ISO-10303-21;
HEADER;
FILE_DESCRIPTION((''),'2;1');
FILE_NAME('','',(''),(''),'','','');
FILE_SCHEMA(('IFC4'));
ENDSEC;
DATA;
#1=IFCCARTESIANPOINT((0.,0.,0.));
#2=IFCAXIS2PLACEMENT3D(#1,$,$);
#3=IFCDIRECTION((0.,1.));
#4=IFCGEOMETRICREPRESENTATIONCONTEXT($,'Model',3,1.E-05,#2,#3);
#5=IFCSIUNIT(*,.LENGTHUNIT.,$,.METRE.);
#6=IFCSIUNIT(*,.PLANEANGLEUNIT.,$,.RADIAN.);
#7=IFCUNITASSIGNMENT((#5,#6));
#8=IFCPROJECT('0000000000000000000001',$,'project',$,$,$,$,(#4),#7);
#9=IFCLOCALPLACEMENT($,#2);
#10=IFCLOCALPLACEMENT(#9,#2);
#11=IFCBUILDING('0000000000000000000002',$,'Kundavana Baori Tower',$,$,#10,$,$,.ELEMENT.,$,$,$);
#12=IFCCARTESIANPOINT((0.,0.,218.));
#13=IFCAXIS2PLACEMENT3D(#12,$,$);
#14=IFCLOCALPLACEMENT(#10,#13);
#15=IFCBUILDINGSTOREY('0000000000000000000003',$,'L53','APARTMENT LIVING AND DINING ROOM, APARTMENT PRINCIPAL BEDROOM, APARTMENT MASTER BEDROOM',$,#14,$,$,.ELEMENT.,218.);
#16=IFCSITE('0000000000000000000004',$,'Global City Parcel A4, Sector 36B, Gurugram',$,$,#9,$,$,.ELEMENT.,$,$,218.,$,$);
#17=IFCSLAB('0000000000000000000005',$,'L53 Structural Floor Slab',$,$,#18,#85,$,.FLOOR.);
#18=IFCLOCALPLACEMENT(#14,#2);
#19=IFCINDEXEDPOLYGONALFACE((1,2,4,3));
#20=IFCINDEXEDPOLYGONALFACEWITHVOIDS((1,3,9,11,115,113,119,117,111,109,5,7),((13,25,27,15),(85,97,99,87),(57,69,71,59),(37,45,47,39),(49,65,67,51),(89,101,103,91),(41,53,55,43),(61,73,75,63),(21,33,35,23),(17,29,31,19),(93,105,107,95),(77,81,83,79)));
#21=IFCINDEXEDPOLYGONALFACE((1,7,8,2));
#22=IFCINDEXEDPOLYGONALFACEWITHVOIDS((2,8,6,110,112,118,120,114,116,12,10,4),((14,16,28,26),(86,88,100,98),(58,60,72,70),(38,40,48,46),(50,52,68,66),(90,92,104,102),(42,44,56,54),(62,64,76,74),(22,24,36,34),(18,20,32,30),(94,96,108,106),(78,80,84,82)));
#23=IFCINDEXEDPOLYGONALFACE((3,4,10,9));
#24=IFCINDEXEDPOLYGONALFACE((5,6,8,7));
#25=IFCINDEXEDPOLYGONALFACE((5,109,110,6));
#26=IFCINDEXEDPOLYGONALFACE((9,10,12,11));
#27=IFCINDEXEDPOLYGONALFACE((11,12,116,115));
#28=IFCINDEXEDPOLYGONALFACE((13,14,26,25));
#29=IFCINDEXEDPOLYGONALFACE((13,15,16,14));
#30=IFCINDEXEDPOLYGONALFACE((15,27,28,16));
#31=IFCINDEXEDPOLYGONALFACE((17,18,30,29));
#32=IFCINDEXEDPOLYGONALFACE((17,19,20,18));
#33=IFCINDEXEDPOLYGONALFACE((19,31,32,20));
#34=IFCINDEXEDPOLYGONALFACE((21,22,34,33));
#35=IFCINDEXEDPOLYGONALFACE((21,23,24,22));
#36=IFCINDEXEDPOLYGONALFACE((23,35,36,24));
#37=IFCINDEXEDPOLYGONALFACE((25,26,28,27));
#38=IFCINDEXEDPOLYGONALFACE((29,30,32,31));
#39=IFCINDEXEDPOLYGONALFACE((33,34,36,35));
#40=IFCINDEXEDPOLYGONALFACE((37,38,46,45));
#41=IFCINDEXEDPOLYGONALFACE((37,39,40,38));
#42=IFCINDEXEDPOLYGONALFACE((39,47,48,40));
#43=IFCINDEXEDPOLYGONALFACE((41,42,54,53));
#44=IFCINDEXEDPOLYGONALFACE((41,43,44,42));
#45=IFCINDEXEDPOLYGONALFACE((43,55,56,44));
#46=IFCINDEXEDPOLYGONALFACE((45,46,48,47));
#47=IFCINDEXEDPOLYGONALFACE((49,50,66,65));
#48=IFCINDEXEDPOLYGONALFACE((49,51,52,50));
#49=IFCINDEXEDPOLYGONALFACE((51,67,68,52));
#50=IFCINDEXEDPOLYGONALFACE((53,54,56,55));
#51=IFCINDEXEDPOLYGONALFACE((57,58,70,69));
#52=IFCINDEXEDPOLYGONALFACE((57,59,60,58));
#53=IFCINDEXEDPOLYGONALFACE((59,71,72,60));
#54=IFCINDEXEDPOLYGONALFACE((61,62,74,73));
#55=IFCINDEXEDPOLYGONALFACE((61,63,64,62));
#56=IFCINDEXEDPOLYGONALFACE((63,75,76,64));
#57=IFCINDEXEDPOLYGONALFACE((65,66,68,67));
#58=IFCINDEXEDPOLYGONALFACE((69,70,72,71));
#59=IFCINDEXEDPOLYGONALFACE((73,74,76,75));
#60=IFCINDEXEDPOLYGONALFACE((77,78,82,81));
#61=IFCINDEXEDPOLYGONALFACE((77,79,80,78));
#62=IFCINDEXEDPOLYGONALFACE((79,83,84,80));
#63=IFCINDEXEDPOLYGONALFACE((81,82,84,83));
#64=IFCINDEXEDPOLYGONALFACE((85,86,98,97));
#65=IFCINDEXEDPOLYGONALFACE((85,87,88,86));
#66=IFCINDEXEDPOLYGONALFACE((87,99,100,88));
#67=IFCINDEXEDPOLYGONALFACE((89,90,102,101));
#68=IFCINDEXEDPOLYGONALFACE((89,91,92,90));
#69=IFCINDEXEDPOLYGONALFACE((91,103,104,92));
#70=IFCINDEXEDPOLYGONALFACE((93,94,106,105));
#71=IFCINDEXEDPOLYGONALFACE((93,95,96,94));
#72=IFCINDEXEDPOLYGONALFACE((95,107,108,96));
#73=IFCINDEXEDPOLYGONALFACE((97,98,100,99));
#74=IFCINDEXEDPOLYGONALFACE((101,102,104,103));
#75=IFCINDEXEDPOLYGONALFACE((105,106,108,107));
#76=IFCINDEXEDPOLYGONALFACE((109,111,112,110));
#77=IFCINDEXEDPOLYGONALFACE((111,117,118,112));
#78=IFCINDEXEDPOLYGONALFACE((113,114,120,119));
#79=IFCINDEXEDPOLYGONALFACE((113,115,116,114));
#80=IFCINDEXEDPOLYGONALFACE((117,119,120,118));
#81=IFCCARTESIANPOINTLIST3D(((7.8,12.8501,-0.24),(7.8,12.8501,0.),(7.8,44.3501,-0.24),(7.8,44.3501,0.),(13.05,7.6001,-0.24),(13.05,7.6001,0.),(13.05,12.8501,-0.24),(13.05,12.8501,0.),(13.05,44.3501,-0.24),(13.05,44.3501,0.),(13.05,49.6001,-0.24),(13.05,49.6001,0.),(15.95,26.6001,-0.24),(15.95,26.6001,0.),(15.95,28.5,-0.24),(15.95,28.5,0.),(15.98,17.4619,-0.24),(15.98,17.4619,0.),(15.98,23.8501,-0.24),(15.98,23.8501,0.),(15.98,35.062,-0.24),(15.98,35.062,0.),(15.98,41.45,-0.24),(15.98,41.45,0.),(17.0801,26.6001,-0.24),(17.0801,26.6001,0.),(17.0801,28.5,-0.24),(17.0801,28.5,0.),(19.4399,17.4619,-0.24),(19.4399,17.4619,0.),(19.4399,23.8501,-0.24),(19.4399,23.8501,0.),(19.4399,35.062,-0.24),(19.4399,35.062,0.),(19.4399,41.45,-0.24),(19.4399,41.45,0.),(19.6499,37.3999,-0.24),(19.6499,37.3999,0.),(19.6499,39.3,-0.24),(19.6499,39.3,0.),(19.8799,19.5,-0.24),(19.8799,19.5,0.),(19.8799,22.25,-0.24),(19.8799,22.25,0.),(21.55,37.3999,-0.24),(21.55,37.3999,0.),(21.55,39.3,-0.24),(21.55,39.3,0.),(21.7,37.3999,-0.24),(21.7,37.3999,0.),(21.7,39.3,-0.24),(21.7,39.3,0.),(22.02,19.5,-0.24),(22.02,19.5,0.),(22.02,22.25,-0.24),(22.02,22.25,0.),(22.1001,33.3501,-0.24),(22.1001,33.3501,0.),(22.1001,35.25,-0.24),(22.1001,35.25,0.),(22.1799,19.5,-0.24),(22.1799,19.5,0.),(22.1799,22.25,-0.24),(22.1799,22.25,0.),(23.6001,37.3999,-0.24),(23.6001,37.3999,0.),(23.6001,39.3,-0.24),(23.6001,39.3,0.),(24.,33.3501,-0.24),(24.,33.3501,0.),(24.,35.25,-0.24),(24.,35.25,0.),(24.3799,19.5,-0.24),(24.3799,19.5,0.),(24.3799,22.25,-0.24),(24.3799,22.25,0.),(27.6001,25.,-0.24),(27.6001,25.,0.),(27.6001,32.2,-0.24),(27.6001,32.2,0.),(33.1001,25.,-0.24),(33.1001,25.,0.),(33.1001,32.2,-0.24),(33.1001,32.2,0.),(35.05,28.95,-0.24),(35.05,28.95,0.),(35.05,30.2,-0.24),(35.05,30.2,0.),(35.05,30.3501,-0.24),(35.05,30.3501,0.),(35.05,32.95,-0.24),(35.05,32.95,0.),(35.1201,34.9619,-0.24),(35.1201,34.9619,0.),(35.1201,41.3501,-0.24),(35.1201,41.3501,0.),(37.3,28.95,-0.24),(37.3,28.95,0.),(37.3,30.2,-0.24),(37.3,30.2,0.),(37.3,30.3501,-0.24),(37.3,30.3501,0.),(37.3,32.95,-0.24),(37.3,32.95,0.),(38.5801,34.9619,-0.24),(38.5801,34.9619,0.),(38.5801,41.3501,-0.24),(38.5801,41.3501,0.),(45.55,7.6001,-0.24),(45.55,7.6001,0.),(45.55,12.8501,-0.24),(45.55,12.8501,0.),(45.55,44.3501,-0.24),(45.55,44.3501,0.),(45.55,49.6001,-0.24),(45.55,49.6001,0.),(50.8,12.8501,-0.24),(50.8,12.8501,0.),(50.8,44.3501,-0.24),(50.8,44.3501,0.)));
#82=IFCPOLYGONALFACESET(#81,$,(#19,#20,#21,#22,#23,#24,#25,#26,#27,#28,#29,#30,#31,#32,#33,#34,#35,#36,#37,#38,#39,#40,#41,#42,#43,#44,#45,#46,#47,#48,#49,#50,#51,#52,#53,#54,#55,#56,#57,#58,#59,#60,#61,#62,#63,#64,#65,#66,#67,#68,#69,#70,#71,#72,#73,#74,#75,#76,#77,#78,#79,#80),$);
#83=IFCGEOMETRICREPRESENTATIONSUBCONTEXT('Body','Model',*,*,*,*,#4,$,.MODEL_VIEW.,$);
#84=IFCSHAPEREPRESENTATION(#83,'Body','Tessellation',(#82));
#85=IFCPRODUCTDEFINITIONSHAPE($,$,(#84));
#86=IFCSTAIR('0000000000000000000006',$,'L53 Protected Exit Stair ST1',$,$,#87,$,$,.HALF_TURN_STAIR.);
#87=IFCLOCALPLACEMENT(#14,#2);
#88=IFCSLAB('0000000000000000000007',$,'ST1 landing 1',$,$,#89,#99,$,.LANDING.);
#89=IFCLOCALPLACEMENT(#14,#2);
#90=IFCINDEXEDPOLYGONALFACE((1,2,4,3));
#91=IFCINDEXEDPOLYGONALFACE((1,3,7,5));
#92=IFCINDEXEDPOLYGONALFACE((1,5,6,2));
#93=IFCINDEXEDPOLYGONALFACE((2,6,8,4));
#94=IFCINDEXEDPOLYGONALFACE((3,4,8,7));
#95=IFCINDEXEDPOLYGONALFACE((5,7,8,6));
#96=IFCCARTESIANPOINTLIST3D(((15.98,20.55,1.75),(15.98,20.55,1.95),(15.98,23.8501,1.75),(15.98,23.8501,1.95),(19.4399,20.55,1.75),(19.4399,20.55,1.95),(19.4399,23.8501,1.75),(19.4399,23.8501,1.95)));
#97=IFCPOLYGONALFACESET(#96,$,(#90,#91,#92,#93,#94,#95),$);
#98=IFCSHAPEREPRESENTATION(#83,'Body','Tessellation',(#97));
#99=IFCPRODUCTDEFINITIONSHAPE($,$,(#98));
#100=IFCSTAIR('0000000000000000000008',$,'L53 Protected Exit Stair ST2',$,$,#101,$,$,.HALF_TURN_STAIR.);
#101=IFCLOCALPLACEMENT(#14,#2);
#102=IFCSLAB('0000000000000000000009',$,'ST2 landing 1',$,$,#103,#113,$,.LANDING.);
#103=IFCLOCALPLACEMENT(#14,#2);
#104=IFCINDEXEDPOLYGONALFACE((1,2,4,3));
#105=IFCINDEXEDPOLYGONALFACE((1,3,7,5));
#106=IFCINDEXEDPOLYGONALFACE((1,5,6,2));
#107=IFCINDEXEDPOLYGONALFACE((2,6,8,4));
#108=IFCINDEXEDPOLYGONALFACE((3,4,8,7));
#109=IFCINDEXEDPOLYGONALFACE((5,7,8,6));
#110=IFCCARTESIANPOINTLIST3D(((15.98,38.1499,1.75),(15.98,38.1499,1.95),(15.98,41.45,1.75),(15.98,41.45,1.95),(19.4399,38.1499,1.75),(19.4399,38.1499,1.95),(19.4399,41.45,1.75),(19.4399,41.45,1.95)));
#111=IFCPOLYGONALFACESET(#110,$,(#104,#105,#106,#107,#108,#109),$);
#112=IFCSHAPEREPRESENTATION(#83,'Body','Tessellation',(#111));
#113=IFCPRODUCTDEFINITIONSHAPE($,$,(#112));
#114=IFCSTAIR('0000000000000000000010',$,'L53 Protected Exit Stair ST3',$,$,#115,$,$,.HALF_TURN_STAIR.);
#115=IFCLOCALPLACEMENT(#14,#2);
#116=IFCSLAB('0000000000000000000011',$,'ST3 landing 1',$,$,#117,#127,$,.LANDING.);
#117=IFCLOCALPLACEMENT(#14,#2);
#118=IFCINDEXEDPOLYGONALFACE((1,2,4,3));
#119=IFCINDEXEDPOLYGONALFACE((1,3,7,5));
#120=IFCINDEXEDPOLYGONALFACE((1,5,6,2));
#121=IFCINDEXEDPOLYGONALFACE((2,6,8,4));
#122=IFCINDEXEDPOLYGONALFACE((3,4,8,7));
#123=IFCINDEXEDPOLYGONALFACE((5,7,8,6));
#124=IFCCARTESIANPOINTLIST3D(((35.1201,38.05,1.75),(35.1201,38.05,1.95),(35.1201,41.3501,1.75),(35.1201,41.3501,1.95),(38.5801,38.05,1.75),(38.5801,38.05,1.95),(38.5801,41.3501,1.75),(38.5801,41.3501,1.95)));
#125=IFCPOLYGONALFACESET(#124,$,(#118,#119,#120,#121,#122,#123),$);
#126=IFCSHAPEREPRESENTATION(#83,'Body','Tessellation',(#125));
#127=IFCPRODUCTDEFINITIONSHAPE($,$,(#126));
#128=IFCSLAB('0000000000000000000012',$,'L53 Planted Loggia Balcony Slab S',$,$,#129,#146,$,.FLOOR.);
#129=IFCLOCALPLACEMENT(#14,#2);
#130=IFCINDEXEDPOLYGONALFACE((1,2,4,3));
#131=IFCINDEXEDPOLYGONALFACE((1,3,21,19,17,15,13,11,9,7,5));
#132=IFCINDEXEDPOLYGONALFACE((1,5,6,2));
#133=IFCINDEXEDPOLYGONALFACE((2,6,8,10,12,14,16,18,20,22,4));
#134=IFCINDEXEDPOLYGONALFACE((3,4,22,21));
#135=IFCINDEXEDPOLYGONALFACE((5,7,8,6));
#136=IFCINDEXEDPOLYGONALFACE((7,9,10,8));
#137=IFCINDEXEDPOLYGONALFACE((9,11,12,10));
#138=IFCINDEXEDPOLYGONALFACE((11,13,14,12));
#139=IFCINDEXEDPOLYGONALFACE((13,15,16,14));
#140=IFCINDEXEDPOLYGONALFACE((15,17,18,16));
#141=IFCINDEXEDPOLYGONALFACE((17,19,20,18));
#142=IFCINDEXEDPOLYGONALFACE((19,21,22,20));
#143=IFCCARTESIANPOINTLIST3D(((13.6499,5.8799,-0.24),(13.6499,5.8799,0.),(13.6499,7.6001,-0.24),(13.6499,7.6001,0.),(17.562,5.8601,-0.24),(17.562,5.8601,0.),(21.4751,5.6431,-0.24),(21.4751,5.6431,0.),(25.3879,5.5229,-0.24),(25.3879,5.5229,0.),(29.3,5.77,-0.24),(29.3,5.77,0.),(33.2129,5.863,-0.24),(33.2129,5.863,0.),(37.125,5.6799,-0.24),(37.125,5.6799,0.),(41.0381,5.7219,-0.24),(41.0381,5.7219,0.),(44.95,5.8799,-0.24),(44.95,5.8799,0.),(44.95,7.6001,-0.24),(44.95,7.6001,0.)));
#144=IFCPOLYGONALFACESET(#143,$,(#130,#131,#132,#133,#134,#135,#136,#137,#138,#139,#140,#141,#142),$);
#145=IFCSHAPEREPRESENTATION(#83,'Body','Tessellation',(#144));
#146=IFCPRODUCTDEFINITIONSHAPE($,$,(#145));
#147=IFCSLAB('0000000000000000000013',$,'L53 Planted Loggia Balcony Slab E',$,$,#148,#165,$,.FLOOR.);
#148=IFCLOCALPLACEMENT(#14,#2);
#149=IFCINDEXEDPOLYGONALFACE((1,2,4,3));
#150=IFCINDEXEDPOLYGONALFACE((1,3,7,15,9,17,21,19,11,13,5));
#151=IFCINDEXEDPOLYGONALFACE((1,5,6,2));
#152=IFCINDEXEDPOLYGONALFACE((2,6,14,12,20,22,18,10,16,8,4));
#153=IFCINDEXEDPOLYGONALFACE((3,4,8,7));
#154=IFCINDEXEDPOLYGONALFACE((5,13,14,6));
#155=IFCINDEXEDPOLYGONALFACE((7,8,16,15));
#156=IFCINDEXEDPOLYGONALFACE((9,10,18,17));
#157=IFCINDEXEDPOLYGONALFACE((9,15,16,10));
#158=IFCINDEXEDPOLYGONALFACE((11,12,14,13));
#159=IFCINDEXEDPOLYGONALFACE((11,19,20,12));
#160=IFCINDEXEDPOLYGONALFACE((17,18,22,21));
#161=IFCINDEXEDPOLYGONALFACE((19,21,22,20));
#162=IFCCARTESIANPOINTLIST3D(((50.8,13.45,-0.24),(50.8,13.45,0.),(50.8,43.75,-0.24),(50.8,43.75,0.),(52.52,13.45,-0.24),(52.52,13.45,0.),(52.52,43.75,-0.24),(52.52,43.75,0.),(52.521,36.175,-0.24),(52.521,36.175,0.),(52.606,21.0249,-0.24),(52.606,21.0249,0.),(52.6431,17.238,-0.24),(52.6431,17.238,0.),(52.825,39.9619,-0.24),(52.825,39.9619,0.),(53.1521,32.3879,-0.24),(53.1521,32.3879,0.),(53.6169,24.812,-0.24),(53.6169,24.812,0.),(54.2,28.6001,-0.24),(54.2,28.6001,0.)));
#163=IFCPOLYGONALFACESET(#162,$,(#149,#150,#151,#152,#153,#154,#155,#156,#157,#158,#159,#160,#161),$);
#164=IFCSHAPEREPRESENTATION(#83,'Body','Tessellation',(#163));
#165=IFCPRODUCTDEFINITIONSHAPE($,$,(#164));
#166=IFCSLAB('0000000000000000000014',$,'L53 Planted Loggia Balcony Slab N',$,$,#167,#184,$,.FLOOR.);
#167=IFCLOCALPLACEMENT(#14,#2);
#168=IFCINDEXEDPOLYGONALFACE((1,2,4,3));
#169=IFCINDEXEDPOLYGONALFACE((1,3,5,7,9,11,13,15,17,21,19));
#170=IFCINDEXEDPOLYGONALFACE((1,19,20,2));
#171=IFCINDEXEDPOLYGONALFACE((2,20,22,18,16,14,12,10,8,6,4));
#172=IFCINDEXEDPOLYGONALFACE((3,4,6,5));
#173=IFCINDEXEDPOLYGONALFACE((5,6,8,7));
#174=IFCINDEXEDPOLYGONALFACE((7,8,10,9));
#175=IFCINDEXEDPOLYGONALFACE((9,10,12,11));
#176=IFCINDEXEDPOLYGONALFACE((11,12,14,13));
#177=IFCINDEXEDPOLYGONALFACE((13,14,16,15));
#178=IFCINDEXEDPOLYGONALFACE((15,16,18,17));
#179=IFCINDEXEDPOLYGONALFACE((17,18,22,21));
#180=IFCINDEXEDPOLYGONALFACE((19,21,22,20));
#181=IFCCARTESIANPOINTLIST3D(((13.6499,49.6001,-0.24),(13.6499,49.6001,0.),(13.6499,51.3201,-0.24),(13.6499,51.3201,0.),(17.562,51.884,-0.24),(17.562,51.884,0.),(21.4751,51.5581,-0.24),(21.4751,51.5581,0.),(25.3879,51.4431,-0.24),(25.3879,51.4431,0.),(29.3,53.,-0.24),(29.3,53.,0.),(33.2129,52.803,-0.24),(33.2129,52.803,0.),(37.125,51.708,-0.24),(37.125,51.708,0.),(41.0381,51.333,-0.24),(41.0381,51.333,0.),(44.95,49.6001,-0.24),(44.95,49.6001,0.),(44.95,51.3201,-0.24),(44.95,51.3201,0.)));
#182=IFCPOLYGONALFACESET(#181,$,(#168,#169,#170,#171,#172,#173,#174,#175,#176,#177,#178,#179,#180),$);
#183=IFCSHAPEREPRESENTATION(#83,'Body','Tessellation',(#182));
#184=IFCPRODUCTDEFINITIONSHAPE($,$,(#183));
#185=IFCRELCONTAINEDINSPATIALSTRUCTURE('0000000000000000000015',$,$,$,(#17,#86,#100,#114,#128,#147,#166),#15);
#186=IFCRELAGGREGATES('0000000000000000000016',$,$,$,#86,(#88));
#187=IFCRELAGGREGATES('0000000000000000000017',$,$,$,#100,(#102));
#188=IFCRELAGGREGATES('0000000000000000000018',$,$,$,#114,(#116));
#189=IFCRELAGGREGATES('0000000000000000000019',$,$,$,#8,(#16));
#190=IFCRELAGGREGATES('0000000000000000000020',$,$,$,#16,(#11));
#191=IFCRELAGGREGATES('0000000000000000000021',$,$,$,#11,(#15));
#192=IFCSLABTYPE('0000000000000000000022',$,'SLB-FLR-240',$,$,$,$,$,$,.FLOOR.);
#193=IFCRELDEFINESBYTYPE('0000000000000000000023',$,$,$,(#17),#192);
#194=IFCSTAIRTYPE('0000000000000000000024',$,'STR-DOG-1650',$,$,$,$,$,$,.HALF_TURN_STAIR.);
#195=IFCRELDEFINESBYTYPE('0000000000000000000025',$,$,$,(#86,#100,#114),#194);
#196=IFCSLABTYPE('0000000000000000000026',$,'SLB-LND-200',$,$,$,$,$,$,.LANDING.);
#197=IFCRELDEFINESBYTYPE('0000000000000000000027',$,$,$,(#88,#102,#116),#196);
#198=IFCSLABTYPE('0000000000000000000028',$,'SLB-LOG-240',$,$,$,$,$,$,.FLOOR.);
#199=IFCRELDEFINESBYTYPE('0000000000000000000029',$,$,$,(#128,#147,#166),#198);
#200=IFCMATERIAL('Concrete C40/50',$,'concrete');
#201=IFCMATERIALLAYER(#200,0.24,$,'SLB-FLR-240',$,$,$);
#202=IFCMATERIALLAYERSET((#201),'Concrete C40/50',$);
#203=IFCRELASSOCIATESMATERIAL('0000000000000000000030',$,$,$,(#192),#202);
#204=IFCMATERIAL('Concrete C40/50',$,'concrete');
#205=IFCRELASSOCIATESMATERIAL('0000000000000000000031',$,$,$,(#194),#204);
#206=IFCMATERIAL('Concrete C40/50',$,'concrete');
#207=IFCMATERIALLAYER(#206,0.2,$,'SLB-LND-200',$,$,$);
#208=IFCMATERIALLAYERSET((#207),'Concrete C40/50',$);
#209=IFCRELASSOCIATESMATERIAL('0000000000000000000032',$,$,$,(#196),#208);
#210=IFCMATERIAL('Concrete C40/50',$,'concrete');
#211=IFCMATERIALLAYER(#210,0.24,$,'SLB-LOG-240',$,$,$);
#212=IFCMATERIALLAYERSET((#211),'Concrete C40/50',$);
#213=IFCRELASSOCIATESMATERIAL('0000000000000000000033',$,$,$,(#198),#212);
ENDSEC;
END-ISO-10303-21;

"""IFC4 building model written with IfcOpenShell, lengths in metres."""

from ifc_helpers import new_model, si_unit, direction, frame, origin, place, context, subcontext, project, spatial, polyline, outline, extrude, material, layer, layer_set, type_object, element, aggregate, save


model = new_model("IFC4")

# Units and contexts
model_context = context("Model", 3, precision=1e-05, world=origin(), true_north=direction((0.0, 1.0)))
body_context = subcontext(model_context, "Body", "Model", "MODEL_VIEW")
ifc_project = project(units=[si_unit("LENGTHUNIT", "METRE"), si_unit("PLANEANGLEUNIT", "RADIAN")], contexts=[model_context])

# Site, building, storey
site_placement = place(None, origin())
site = spatial("IfcSite", under=ifc_project, at=site_placement, Name="Global City Parcel A4, Sector 36B, Gurugram", CompositionType="ELEMENT", RefElevation=218.0)
building_placement = place(site_placement, origin())
building = spatial("IfcBuilding", under=site, at=building_placement, Name="Kundavana Baori Tower", CompositionType="ELEMENT")
storey_placement = place(building_placement, frame((0.0, 0.0, 218.0)))
storey = spatial("IfcBuildingStorey", under=building, at=storey_placement, Name="L53", Description="APARTMENT LIVING AND DINING ROOM, APARTMENT PRINCIPAL BEDROOM, APARTMENT MASTER BEDROOM", CompositionType="ELEMENT", Elevation=218.0)

# Slab
ifc_material_1 = material(Name="Concrete C40/50", Category="concrete")
ifc_layer_1 = layer(ifc_material_1, 0.24, Name="SLB-FLR-240")
ifc_layer_set_1 = layer_set([ifc_layer_1], Name="Concrete C40/50")
slab_type_1 = type_object("IfcSlabType", Name="SLB-FLR-240", PredefinedType="FLOOR", material=ifc_layer_set_1)
slab_1_placement = place(storey_placement, frame((0.0, 0.0, -0.24)))
element("IfcSlab", 1, at=slab_1_placement, inside=storey, type_object=slab_type_1, Name="L53 Structural Floor Slab", PredefinedType="FLOOR", context=body_context, shape_type="SweptSolid", body=[
    extrude(outline(polyline([(13.05, 7.6001), (45.55, 7.6001), (45.55, 12.8501), (50.8, 12.8501), (50.8, 44.3501), (45.55, 44.3501), (45.55, 49.6001), (13.05, 49.6001), (13.05, 44.3501), (7.8, 44.3501), (7.8, 12.8501), (13.05, 12.8501), (13.05, 7.6001)]), holes=[polyline([(19.4399, 17.4619), (19.4399, 23.8501), (15.98, 23.8501), (15.98, 17.4619), (19.4399, 17.4619)]), polyline([(19.4399, 35.062), (19.4399, 41.45), (15.98, 41.45), (15.98, 35.062), (19.4399, 35.062)]), polyline([(38.5801, 34.9619), (38.5801, 41.3501), (35.1201, 41.3501), (35.1201, 34.9619), (38.5801, 34.9619)]), polyline([(19.6499, 37.3999), (21.55, 37.3999), (21.55, 39.3), (19.6499, 39.3), (19.6499, 37.3999)]), polyline([(21.7, 37.3999), (23.6001, 37.3999), (23.6001, 39.3), (21.7, 39.3), (21.7, 37.3999)]), polyline([(22.1001, 33.3501), (24.0, 33.3501), (24.0, 35.25), (22.1001, 35.25), (22.1001, 33.3501)]), polyline([(19.8799, 19.5), (22.02, 19.5), (22.02, 22.25), (19.8799, 22.25), (19.8799, 19.5)]), polyline([(22.1799, 19.5), (24.3799, 19.5), (24.3799, 22.25), (22.1799, 22.25), (22.1799, 19.5)]), polyline([(35.05, 30.3501), (37.3, 30.3501), (37.3, 32.95), (35.05, 32.95), (35.05, 30.3501)]), polyline([(15.95, 26.6001), (17.0801, 26.6001), (17.0801, 28.5), (15.95, 28.5), (15.95, 26.6001)]), polyline([(35.05, 28.95), (37.3, 28.95), (37.3, 30.2), (35.05, 30.2), (35.05, 28.95)]), polyline([(27.6001, 25.0), (33.1001, 25.0), (33.1001, 32.2), (27.6001, 32.2), (27.6001, 25.0)])]), origin(), (0.0, 0.0, 1.0), 0.24),
])

# Stairs, slabs
ifc_material_2 = material(Name="Concrete C40/50", Category="concrete")
stair_type = type_object("IfcStairType", Name="STR-DOG-1650", PredefinedType="HALF_TURN_STAIR", material=ifc_material_2)
stair_1_placement = place(storey_placement, origin())
stair_1 = element("IfcStair", 2, at=stair_1_placement, inside=storey, type_object=stair_type, Name="L53 Protected Exit Stair ST1", PredefinedType="HALF_TURN_STAIR")
ifc_material_3 = material(Name="Concrete C40/50", Category="concrete")
ifc_layer_2 = layer(ifc_material_3, 0.2, Name="SLB-LND-200")
ifc_layer_set_2 = layer_set([ifc_layer_2], Name="Concrete C40/50")
slab_type_2 = type_object("IfcSlabType", Name="SLB-LND-200", PredefinedType="LANDING", material=ifc_layer_set_2)
slab_2_placement = place(storey_placement, frame((0.0, 0.0, 1.75)))
slab_2 = element("IfcSlab", 3, at=slab_2_placement, type_object=slab_type_2, Name="ST1 landing 1", PredefinedType="LANDING", context=body_context, shape_type="SweptSolid", body=[
    extrude(outline(polyline([(19.4399, 20.55), (19.4399, 23.8501), (15.98, 23.8501), (15.98, 20.55), (19.4399, 20.55)])), origin(), (0.0, 0.0, 1.0), 0.2),
])
aggregate(stair_1, [slab_2])
stair_2_placement = place(storey_placement, origin())
stair_2 = element("IfcStair", 4, at=stair_2_placement, inside=storey, type_object=stair_type, Name="L53 Protected Exit Stair ST2", PredefinedType="HALF_TURN_STAIR")
slab_3_placement = place(storey_placement, frame((0.0, 0.0, 1.75)))
slab_3 = element("IfcSlab", 5, at=slab_3_placement, type_object=slab_type_2, Name="ST2 landing 1", PredefinedType="LANDING", context=body_context, shape_type="SweptSolid", body=[
    extrude(outline(polyline([(19.4399, 38.1499), (19.4399, 41.45), (15.98, 41.45), (15.98, 38.1499), (19.4399, 38.1499)])), origin(), (0.0, 0.0, 1.0), 0.2),
])
aggregate(stair_2, [slab_3])
stair_3_placement = place(storey_placement, origin())
stair_3 = element("IfcStair", 6, at=stair_3_placement, inside=storey, type_object=stair_type, Name="L53 Protected Exit Stair ST3", PredefinedType="HALF_TURN_STAIR")
slab_4_placement = place(storey_placement, frame((0.0, 0.0, 1.75)))
slab_4 = element("IfcSlab", 7, at=slab_4_placement, type_object=slab_type_2, Name="ST3 landing 1", PredefinedType="LANDING", context=body_context, shape_type="SweptSolid", body=[
    extrude(outline(polyline([(38.5801, 38.05), (38.5801, 41.3501), (35.1201, 41.3501), (35.1201, 38.05), (38.5801, 38.05)])), origin(), (0.0, 0.0, 1.0), 0.2),
])
aggregate(stair_3, [slab_4])

# Slabs
ifc_material_4 = material(Name="Concrete C40/50", Category="concrete")
ifc_layer_3 = layer(ifc_material_4, 0.24, Name="SLB-LOG-240")
ifc_layer_set_3 = layer_set([ifc_layer_3], Name="Concrete C40/50")
slab_type_3 = type_object("IfcSlabType", Name="SLB-LOG-240", PredefinedType="FLOOR", material=ifc_layer_set_3)
slab_5_placement = place(storey_placement, frame((0.0, 0.0, -0.24)))
element("IfcSlab", 8, at=slab_5_placement, inside=storey, type_object=slab_type_3, Name="L53 Planted Loggia Balcony Slab S", PredefinedType="FLOOR", context=body_context, shape_type="SweptSolid", body=[
    extrude(outline(polyline([(13.6499, 7.6001), (44.95, 7.6001), (44.95, 5.8799), (41.0381, 5.7219), (37.125, 5.6799), (33.2129, 5.863), (29.3, 5.77), (25.3879, 5.5229), (21.4751, 5.6431), (17.562, 5.8601), (13.6499, 5.8799), (13.6499, 7.6001)])), origin(), (0.0, 0.0, 1.0), 0.24),
])
slab_6_placement = place(storey_placement, frame((0.0, 0.0, -0.24)))
element("IfcSlab", 9, at=slab_6_placement, inside=storey, type_object=slab_type_3, Name="L53 Planted Loggia Balcony Slab E", PredefinedType="FLOOR", context=body_context, shape_type="SweptSolid", body=[
    extrude(outline(polyline([(50.8, 13.45), (50.8, 43.75), (52.52, 43.75), (52.825, 39.9619), (52.521, 36.175), (53.1521, 32.3879), (54.2, 28.6001), (53.6169, 24.812), (52.606, 21.0249), (52.6431, 17.238), (52.52, 13.45), (50.8, 13.45)])), origin(), (0.0, 0.0, 1.0), 0.24),
])
slab_7_placement = place(storey_placement, frame((0.0, 0.0, -0.24)))
element("IfcSlab", 10, at=slab_7_placement, inside=storey, type_object=slab_type_3, Name="L53 Planted Loggia Balcony Slab N", PredefinedType="FLOOR", context=body_context, shape_type="SweptSolid", body=[
    extrude(outline(polyline([(44.95, 49.6001), (13.6499, 49.6001), (13.6499, 51.3201), (17.562, 51.884), (21.4751, 51.5581), (25.3879, 51.4431), (29.3, 53.0), (33.2129, 52.803), (37.125, 51.708), (41.0381, 51.333), (44.95, 51.3201), (44.95, 49.6001)])), origin(), (0.0, 0.0, 1.0), 0.24),
])

save(model, "model.ifc")
